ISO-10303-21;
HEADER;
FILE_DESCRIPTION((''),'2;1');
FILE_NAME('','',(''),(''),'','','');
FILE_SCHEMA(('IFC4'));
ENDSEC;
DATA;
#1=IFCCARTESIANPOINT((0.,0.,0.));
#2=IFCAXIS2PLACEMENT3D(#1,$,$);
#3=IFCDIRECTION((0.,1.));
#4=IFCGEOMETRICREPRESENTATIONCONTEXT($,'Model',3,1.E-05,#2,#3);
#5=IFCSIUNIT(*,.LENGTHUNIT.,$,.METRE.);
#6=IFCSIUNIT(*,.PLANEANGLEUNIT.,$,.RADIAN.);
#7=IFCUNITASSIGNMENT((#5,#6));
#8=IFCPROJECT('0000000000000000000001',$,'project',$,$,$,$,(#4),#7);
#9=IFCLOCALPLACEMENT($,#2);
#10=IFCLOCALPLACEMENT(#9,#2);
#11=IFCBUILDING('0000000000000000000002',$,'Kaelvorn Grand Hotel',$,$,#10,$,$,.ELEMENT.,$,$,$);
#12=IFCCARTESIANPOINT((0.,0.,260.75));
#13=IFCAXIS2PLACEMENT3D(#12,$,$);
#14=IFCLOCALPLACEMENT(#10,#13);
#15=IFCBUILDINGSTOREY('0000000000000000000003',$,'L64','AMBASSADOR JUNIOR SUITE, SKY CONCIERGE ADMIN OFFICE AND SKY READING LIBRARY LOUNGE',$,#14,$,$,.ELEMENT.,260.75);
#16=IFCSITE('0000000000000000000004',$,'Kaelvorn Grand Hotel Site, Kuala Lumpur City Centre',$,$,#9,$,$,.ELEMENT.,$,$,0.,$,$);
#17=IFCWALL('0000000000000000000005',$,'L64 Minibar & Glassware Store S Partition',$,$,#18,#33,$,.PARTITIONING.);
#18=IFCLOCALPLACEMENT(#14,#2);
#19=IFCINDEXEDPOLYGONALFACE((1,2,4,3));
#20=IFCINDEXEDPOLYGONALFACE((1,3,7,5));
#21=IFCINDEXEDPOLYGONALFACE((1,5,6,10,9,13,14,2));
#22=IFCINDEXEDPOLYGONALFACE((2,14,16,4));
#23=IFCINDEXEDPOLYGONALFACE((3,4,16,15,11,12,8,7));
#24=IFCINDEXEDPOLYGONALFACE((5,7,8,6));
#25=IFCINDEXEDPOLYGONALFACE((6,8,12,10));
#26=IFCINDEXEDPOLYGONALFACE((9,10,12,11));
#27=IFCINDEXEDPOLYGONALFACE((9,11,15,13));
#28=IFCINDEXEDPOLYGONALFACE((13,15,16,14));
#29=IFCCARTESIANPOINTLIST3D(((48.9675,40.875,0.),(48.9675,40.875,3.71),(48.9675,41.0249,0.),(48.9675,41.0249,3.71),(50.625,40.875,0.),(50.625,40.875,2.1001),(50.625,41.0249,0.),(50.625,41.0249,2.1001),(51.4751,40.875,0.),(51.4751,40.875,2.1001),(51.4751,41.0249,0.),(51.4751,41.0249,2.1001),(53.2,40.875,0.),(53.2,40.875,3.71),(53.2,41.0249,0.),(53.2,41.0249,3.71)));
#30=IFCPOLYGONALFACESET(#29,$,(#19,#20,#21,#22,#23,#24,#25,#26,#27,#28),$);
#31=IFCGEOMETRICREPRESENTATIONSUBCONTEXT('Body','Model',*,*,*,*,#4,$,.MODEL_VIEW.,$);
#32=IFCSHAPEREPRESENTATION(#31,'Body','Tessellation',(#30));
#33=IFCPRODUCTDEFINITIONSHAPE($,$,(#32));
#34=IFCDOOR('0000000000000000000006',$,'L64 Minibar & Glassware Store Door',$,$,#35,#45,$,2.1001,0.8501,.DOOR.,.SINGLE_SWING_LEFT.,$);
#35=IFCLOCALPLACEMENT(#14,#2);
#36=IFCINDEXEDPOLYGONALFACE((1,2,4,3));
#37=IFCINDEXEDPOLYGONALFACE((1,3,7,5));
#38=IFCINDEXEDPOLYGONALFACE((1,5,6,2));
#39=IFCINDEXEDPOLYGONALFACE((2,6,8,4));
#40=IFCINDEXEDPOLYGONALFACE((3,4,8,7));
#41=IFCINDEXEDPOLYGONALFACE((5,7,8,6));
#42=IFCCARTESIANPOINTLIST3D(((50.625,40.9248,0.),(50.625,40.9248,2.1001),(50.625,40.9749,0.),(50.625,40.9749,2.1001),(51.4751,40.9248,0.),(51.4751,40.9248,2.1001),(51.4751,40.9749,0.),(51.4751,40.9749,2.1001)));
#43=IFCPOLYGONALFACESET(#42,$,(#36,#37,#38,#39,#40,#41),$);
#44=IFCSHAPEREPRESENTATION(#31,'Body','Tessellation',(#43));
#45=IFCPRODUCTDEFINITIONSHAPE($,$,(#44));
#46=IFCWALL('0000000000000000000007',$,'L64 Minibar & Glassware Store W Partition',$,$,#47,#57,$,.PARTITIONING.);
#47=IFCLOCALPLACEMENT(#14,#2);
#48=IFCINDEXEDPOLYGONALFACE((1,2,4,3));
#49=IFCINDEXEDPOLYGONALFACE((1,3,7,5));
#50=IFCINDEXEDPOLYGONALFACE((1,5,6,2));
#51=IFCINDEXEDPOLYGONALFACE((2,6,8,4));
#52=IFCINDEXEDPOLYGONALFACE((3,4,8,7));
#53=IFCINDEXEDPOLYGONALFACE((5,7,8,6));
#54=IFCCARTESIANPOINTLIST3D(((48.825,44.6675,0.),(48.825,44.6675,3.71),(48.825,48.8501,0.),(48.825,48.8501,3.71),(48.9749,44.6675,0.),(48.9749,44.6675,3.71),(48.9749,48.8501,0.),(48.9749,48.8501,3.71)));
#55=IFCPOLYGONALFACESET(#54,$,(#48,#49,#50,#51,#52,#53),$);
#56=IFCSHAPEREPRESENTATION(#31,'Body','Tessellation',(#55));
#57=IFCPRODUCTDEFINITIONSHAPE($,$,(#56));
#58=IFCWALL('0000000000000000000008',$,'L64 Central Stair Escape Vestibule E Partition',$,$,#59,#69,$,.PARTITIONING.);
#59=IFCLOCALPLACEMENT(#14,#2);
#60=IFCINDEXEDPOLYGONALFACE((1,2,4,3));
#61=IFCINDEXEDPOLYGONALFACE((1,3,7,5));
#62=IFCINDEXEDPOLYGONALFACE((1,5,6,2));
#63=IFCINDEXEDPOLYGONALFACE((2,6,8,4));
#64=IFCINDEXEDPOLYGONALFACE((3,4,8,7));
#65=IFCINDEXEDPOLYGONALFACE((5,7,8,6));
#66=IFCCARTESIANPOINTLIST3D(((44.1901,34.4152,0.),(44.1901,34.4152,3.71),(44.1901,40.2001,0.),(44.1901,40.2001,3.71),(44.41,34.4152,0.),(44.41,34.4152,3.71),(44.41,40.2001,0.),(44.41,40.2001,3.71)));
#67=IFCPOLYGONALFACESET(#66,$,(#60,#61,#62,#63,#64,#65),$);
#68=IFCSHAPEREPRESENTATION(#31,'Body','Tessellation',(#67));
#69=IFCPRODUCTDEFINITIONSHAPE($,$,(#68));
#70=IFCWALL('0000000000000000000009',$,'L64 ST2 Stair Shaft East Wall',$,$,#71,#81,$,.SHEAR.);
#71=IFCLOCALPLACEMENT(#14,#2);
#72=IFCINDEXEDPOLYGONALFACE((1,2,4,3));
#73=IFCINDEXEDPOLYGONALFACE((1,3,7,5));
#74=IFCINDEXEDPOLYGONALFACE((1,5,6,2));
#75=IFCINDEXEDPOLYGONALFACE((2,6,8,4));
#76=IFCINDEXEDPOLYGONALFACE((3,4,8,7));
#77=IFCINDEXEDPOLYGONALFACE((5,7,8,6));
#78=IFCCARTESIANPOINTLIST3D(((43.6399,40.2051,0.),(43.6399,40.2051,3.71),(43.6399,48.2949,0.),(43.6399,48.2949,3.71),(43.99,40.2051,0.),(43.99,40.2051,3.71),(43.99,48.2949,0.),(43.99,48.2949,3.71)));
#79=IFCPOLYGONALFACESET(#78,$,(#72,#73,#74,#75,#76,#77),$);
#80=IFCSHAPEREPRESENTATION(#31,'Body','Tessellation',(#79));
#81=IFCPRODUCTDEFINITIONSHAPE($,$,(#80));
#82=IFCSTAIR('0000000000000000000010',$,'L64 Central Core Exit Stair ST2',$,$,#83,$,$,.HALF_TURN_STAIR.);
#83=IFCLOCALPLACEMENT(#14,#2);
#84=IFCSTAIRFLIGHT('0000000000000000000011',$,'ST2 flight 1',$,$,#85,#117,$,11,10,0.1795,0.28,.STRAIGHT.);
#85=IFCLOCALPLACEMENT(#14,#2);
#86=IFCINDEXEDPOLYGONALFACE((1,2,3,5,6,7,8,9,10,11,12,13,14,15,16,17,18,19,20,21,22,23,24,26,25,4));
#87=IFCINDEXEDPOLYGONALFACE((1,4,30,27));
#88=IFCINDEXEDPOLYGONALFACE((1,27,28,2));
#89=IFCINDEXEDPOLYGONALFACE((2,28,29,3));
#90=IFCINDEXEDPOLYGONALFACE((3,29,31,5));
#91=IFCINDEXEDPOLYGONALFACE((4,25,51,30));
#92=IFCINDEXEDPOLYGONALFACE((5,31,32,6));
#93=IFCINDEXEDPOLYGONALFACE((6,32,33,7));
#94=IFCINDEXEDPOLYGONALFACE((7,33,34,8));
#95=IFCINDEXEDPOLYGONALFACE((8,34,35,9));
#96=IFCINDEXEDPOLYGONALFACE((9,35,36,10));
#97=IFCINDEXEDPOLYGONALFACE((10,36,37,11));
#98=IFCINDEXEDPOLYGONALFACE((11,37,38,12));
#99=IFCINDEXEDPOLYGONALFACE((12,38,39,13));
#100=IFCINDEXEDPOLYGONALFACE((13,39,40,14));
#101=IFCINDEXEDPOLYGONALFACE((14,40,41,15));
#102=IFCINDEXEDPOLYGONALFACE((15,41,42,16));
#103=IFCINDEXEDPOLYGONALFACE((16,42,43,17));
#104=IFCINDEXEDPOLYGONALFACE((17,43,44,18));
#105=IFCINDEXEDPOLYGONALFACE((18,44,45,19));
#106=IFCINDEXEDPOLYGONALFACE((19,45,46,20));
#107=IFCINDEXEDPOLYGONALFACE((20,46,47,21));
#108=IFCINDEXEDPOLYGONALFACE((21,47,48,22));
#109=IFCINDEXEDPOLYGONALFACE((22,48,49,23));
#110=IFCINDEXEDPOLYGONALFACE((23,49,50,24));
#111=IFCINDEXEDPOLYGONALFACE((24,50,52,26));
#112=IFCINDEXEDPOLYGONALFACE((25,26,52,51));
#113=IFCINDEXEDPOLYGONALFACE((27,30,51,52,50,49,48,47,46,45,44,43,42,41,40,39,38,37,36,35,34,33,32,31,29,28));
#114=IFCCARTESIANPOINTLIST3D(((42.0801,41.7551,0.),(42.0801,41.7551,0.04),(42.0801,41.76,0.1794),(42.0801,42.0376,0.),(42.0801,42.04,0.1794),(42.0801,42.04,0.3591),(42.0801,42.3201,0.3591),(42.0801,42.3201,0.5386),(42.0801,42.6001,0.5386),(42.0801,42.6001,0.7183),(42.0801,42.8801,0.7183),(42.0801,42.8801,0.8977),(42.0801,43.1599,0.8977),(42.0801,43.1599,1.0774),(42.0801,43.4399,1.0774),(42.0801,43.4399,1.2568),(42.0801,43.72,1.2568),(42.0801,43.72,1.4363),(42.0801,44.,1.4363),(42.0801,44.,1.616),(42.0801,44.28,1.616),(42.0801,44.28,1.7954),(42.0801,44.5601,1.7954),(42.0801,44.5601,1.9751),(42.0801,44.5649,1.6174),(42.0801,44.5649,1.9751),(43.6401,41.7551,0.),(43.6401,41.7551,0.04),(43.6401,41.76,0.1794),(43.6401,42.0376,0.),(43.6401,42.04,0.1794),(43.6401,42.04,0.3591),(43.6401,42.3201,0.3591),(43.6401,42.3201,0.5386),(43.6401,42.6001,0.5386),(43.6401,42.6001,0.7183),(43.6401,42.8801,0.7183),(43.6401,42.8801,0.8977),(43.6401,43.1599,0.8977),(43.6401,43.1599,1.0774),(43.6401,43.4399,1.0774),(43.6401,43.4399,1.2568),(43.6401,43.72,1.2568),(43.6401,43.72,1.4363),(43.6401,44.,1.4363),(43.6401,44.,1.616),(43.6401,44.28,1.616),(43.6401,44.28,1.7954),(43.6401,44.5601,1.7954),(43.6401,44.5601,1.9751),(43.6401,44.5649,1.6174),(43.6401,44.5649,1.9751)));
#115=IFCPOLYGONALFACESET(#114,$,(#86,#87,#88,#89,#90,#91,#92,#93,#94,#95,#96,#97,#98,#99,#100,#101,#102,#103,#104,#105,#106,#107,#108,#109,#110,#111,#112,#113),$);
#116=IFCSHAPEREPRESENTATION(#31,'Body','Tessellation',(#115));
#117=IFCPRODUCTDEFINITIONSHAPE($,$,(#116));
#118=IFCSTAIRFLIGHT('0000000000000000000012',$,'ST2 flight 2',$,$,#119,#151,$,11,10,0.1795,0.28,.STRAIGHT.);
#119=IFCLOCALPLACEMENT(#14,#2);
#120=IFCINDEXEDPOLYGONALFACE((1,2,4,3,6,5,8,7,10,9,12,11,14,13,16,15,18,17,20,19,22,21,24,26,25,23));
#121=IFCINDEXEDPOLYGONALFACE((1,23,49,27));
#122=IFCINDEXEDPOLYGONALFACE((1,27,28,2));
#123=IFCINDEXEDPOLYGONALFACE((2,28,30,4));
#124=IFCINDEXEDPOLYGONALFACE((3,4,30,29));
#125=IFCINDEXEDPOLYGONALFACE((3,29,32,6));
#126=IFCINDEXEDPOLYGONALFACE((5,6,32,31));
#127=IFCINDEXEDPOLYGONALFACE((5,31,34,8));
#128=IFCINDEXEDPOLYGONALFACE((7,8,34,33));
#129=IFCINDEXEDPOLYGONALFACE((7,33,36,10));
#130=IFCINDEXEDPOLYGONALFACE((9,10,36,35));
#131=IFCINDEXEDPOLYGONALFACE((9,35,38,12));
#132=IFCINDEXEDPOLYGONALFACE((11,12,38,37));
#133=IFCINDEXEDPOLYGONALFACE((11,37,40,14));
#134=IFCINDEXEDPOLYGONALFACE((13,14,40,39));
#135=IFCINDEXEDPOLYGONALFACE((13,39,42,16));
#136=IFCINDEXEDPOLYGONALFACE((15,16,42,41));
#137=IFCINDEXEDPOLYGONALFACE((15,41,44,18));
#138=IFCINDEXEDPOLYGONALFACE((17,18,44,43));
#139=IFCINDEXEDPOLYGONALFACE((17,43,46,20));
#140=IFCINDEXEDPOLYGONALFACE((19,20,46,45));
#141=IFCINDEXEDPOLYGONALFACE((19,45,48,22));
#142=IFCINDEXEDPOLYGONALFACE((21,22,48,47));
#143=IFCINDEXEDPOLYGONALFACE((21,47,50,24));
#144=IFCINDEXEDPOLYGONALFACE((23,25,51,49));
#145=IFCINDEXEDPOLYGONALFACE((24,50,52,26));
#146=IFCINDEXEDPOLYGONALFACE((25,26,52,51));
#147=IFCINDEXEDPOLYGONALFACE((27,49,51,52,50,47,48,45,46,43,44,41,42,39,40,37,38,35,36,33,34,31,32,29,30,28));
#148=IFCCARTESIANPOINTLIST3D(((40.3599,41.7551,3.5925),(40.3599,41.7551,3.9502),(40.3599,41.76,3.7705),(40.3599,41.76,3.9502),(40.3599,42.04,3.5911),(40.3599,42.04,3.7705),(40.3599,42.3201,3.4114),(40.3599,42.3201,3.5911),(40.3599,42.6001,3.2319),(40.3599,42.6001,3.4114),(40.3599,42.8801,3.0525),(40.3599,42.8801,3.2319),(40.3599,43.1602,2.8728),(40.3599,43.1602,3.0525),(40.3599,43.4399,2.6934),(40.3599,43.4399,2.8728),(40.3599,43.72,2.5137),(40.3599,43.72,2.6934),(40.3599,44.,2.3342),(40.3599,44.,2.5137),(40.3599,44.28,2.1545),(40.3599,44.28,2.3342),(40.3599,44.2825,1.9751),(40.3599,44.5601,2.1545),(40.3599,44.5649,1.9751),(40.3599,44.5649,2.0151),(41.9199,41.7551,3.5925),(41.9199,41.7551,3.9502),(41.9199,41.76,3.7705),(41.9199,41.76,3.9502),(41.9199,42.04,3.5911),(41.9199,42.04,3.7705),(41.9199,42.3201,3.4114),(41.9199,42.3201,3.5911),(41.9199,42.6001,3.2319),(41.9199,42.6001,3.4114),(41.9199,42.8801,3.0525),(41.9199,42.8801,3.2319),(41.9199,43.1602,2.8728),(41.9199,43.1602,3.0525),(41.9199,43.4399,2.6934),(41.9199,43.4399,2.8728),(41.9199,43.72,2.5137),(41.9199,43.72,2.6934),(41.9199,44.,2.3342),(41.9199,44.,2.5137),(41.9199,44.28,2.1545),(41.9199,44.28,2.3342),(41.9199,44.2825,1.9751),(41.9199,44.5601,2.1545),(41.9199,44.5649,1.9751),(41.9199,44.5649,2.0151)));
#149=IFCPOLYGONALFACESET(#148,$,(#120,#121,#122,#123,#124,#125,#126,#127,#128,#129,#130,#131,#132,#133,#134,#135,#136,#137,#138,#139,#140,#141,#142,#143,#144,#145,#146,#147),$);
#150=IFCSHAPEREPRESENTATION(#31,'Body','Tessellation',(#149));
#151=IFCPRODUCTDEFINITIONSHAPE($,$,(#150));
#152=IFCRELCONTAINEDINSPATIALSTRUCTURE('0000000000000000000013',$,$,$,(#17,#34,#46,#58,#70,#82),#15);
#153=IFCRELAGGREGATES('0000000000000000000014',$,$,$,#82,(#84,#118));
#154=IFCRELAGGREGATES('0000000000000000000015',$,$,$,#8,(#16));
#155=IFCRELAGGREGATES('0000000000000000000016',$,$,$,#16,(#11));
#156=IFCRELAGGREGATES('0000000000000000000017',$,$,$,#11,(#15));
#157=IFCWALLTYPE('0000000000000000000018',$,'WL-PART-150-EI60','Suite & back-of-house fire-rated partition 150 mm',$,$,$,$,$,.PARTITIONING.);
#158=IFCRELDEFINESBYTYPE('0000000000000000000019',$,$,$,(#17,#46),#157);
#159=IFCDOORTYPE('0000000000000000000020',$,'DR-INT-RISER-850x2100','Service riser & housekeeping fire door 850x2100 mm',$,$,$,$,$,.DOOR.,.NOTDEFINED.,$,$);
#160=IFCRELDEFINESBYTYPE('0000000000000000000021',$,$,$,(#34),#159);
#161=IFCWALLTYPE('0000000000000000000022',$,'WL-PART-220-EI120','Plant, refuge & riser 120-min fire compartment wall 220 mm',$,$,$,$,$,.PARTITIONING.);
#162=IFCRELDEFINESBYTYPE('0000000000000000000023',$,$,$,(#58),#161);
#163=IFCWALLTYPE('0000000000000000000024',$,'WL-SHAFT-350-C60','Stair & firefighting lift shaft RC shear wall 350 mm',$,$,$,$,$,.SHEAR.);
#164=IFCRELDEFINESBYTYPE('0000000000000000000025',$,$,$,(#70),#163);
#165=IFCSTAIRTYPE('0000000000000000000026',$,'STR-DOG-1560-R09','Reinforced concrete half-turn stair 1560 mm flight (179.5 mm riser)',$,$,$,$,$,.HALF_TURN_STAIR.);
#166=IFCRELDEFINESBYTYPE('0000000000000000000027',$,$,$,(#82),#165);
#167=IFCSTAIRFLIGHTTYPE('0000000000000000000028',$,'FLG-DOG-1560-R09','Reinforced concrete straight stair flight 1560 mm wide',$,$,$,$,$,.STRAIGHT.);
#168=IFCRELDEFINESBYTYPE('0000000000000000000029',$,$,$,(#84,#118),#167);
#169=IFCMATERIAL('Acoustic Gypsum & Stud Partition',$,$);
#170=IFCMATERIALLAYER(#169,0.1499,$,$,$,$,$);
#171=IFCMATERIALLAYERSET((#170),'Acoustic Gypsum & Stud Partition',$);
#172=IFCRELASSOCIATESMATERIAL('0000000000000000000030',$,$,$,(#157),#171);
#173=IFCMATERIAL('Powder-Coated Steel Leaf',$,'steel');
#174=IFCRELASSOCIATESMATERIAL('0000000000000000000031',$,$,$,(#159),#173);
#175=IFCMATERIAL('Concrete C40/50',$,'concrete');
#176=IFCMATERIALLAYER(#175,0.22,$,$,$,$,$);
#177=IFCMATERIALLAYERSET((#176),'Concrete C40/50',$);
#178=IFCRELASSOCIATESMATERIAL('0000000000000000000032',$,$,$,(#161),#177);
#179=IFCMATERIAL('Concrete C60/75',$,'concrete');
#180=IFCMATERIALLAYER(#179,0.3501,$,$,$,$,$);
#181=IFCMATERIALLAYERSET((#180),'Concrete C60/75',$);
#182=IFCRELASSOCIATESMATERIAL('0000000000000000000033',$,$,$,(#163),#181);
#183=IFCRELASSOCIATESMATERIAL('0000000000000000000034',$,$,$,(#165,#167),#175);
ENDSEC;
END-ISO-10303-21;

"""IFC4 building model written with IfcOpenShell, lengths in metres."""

from ifc_helpers import new_model, si_unit, direction, frame, frame_2d, origin, place, context, subcontext, project, spatial, polyline, rectangle, outline, extrude, material, layer, layer_set, type_object, element, fill, aggregate, save


model = new_model("IFC4")

# Units and contexts
model_context = context("Model", 3, precision=1e-05, world=origin(), true_north=direction((0.0, 1.0)))
body_context = subcontext(model_context, "Body", "Model", "MODEL_VIEW")
ifc_project = project(units=[si_unit("LENGTHUNIT", "METRE"), si_unit("PLANEANGLEUNIT", "RADIAN")], contexts=[model_context])

# Site, building, storey
site_placement = place(None, origin())
site = spatial("IfcSite", under=ifc_project, at=site_placement, Name="Kaelvorn Grand Hotel Site, Kuala Lumpur City Centre", CompositionType="ELEMENT", RefElevation=0.0)
building_placement = place(site_placement, origin())
building = spatial("IfcBuilding", under=site, at=building_placement, Name="Kaelvorn Grand Hotel", CompositionType="ELEMENT")
storey_placement = place(building_placement, frame((0.0, 0.0, 260.75)))
storey = spatial("IfcBuildingStorey", under=building, at=storey_placement, Name="L64", Description="AMBASSADOR JUNIOR SUITE, SKY CONCIERGE ADMIN OFFICE AND SKY READING LIBRARY LOUNGE", CompositionType="ELEMENT", Elevation=260.75)

# Shared definitions
ifc_material_1 = material(Name="Acoustic Gypsum & Stud Partition")
ifc_layer_1 = layer(ifc_material_1, 0.1499)
ifc_layer_set_1 = layer_set([ifc_layer_1], Name="Acoustic Gypsum & Stud Partition")
wall_type_1 = type_object("IfcWallType", Name="WL-PART-150-EI60", Description="Suite & back-of-house fire-rated partition 150 mm", PredefinedType="PARTITIONING", material=ifc_layer_set_1)

# Wall, opening, door
wall_1_placement = place(storey_placement, frame((48.9675, 40.95, 0.0), z_axis=(0.0, 0.0, 1.0), x_axis=(1.0, 0.0, 0.0)))
wall_1 = element("IfcWall", 1, at=wall_1_placement, inside=storey, type_object=wall_type_1, Name="L64 Minibar & Glassware Store S Partition", PredefinedType="PARTITIONING", context=body_context, shape_type="SweptSolid", body=[
    extrude(rectangle(XDim=4.2324, YDim=0.1499, at=frame_2d((2.1162, 0.0))), origin(), (0.0, 0.0, 1.0), 3.71),
])
opening_1_placement = place(wall_1_placement, frame((1.6575, 0.0, 0.0)))
opening_1 = element("IfcOpeningElement", 2, at=opening_1_placement, cuts=wall_1, PredefinedType="OPENING", context=body_context, shape_type="SweptSolid", body=[
    extrude(rectangle(XDim=0.8501, YDim=2.1001, at=frame_2d((0.425, 1.05))), frame((0.0, 0.085, 0.0), z_axis=(0.0, -1.0, 0.0), x_axis=(1.0, 0.0, 0.0)), (0.0, 0.0, 1.0), 0.1699),
])
ifc_material_2 = material(Name="Powder-Coated Steel Leaf", Category="steel")
door_type_1 = type_object("IfcDoorType", Name="DR-INT-RISER-850x2100", Description="Service riser & housekeeping fire door 850x2100 mm", OperationType="NOTDEFINED", PredefinedType="DOOR", material=ifc_material_2)
door_1_placement = place(opening_1_placement, origin())
door_1 = element("IfcDoor", 3, at=door_1_placement, inside=storey, type_object=door_type_1, Name="L64 Minibar & Glassware Store Door", OperationType="SINGLE_SWING_LEFT", OverallHeight=2.1001, OverallWidth=0.8501, PredefinedType="DOOR", context=body_context, shape_type="SweptSolid", body=[
    extrude(rectangle(XDim=0.8501, YDim=2.1001, at=frame_2d((0.425, 1.05))), frame((0.0, 0.0249, 0.0), z_axis=(0.0, -1.0, 0.0), x_axis=(1.0, 0.0, 0.0)), (0.0, 0.0, 1.0), 0.05),
])
fill(opening_1, door_1)

# Walls
wall_2_placement = place(storey_placement, frame((48.8999, 44.6675, 0.0), z_axis=(0.0, 0.0, 1.0), x_axis=(0.0, 1.0, 0.0)))
element("IfcWall", 4, at=wall_2_placement, inside=storey, type_object=wall_type_1, Name="L64 Minibar & Glassware Store W Partition", PredefinedType="PARTITIONING", context=body_context, shape_type="SweptSolid", body=[
    extrude(rectangle(XDim=4.1826, YDim=0.1499, at=frame_2d((2.0913, 0.0))), origin(), (0.0, 0.0, 1.0), 3.71),
])
ifc_material_3 = material(Name="Concrete C40/50", Category="concrete")
ifc_layer_2 = layer(ifc_material_3, 0.22)
ifc_layer_set_2 = layer_set([ifc_layer_2], Name="Concrete C40/50")
wall_type_2 = type_object("IfcWallType", Name="WL-PART-220-EI120", Description="Plant, refuge & riser 120-min fire compartment wall 220 mm", PredefinedType="PARTITIONING", material=ifc_layer_set_2)
wall_3_placement = place(storey_placement, frame((44.3, 34.415, 0.0), z_axis=(0.0, 0.0, 1.0), x_axis=(0.0, 1.0, 0.0)))
element("IfcWall", 5, at=wall_3_placement, inside=storey, type_object=wall_type_2, Name="L64 Central Stair Escape Vestibule E Partition", PredefinedType="PARTITIONING", context=body_context, shape_type="SweptSolid", body=[
    extrude(rectangle(XDim=5.7849, YDim=0.22, at=frame_2d((2.8926, 0.0))), origin(), (0.0, 0.0, 1.0), 3.71),
])
ifc_material_4 = material(Name="Concrete C60/75", Category="concrete")
ifc_layer_3 = layer(ifc_material_4, 0.3501)
ifc_layer_set_3 = layer_set([ifc_layer_3], Name="Concrete C60/75")
wall_type_3 = type_object("IfcWallType", Name="WL-SHAFT-350-C60", Description="Stair & firefighting lift shaft RC shear wall 350 mm", PredefinedType="SHEAR", material=ifc_layer_set_3)
wall_4_placement = place(storey_placement, frame((43.8149, 40.2051, 0.0), z_axis=(0.0, 0.0, 1.0), x_axis=(0.0, 1.0, 0.0)))
element("IfcWall", 6, at=wall_4_placement, inside=storey, type_object=wall_type_3, Name="L64 ST2 Stair Shaft East Wall", PredefinedType="SHEAR", context=body_context, shape_type="SweptSolid", body=[
    extrude(rectangle(XDim=8.0898, YDim=0.3501, at=frame_2d((4.0449, 0.0))), origin(), (0.0, 0.0, 1.0), 3.71),
])

# Stair, stair flights
stair_type = type_object("IfcStairType", Name="STR-DOG-1560-R09", Description="Reinforced concrete half-turn stair 1560 mm flight (179.5 mm riser)", PredefinedType="HALF_TURN_STAIR", material=ifc_material_3)
stair_placement = place(storey_placement, origin())
stair = element("IfcStair", 7, at=stair_placement, inside=storey, type_object=stair_type, Name="L64 Central Core Exit Stair ST2", PredefinedType="HALF_TURN_STAIR")
stair_flight_type = type_object("IfcStairFlightType", Name="FLG-DOG-1560-R09", Description="Reinforced concrete straight stair flight 1560 mm wide", PredefinedType="STRAIGHT", material=ifc_material_3)
stair_flight_1_placement = place(storey_placement, frame((42.8601, 41.76, 0.0), z_axis=(0.0, 0.0, 1.0), x_axis=(0.0, 1.0, 0.0)))
stair_flight_1 = element("IfcStairFlight", 8, at=stair_flight_1_placement, type_object=stair_flight_type, Name="ST2 flight 1", NumberOfRisers=11, NumberOfTreads=10, PredefinedType="STRAIGHT", RiserHeight=0.1795, TreadLength=0.28, context=body_context, shape_type="SweptSolid", body=[
    extrude(outline(polyline([(-0.0049, 0.0), (-0.0049, 0.04), (0.0, 0.1794), (0.28, 0.1794), (0.28, 0.3591), (0.5601, 0.3591), (0.5601, 0.5386), (0.8401, 0.5386), (0.8401, 0.7183), (1.1201, 0.7183), (1.1201, 0.8977), (1.3999, 0.8977), (1.3999, 1.0774), (1.6799, 1.0774), (1.6799, 1.2568), (1.96, 1.2568), (1.96, 1.4363), (2.24, 1.4363), (2.24, 1.616), (2.52, 1.616), (2.52, 1.7954), (2.8, 1.7954), (2.8, 1.9751), (2.8049, 1.9751), (2.8049, 1.6174), (0.2776, 0.0), (-0.0049, 0.0)])), frame((0.0, 0.78, 0.0), z_axis=(0.0, -1.0, 0.0), x_axis=(1.0, 0.0, 0.0)), (0.0, 0.0, 1.0), 1.5601),
])
stair_flight_2_placement = place(storey_placement, frame((41.1399, 44.5601, 1.9751), z_axis=(0.0, 0.0, 1.0), x_axis=(0.0, -1.0, 0.0)))
stair_flight_2 = element("IfcStairFlight", 9, at=stair_flight_2_placement, type_object=stair_flight_type, Name="ST2 flight 2", NumberOfRisers=11, NumberOfTreads=10, PredefinedType="STRAIGHT", RiserHeight=0.1795, TreadLength=0.28, context=body_context, shape_type="SweptSolid", body=[
    extrude(outline(polyline([(-0.0049, 0.0), (-0.0049, 0.04), (0.0, 0.1794), (0.28, 0.1794), (0.28, 0.3591), (0.5601, 0.3591), (0.5601, 0.5386), (0.8401, 0.5386), (0.8401, 0.7183), (1.1201, 0.7183), (1.1201, 0.8977), (1.3999, 0.8977), (1.3999, 1.0774), (1.6799, 1.0774), (1.6799, 1.2568), (1.96, 1.2568), (1.96, 1.4363), (2.24, 1.4363), (2.24, 1.616), (2.52, 1.616), (2.52, 1.7954), (2.8, 1.7954), (2.8, 1.9751), (2.8049, 1.9751), (2.8049, 1.6174), (0.2776, 0.0), (-0.0049, 0.0)])), frame((0.0, 0.78, 0.0), z_axis=(0.0, -1.0, 0.0), x_axis=(1.0, 0.0, 0.0)), (0.0, 0.0, 1.0), 1.5601),
])
aggregate(stair, [stair_flight_1, stair_flight_2])

save(model, "model.ifc")
